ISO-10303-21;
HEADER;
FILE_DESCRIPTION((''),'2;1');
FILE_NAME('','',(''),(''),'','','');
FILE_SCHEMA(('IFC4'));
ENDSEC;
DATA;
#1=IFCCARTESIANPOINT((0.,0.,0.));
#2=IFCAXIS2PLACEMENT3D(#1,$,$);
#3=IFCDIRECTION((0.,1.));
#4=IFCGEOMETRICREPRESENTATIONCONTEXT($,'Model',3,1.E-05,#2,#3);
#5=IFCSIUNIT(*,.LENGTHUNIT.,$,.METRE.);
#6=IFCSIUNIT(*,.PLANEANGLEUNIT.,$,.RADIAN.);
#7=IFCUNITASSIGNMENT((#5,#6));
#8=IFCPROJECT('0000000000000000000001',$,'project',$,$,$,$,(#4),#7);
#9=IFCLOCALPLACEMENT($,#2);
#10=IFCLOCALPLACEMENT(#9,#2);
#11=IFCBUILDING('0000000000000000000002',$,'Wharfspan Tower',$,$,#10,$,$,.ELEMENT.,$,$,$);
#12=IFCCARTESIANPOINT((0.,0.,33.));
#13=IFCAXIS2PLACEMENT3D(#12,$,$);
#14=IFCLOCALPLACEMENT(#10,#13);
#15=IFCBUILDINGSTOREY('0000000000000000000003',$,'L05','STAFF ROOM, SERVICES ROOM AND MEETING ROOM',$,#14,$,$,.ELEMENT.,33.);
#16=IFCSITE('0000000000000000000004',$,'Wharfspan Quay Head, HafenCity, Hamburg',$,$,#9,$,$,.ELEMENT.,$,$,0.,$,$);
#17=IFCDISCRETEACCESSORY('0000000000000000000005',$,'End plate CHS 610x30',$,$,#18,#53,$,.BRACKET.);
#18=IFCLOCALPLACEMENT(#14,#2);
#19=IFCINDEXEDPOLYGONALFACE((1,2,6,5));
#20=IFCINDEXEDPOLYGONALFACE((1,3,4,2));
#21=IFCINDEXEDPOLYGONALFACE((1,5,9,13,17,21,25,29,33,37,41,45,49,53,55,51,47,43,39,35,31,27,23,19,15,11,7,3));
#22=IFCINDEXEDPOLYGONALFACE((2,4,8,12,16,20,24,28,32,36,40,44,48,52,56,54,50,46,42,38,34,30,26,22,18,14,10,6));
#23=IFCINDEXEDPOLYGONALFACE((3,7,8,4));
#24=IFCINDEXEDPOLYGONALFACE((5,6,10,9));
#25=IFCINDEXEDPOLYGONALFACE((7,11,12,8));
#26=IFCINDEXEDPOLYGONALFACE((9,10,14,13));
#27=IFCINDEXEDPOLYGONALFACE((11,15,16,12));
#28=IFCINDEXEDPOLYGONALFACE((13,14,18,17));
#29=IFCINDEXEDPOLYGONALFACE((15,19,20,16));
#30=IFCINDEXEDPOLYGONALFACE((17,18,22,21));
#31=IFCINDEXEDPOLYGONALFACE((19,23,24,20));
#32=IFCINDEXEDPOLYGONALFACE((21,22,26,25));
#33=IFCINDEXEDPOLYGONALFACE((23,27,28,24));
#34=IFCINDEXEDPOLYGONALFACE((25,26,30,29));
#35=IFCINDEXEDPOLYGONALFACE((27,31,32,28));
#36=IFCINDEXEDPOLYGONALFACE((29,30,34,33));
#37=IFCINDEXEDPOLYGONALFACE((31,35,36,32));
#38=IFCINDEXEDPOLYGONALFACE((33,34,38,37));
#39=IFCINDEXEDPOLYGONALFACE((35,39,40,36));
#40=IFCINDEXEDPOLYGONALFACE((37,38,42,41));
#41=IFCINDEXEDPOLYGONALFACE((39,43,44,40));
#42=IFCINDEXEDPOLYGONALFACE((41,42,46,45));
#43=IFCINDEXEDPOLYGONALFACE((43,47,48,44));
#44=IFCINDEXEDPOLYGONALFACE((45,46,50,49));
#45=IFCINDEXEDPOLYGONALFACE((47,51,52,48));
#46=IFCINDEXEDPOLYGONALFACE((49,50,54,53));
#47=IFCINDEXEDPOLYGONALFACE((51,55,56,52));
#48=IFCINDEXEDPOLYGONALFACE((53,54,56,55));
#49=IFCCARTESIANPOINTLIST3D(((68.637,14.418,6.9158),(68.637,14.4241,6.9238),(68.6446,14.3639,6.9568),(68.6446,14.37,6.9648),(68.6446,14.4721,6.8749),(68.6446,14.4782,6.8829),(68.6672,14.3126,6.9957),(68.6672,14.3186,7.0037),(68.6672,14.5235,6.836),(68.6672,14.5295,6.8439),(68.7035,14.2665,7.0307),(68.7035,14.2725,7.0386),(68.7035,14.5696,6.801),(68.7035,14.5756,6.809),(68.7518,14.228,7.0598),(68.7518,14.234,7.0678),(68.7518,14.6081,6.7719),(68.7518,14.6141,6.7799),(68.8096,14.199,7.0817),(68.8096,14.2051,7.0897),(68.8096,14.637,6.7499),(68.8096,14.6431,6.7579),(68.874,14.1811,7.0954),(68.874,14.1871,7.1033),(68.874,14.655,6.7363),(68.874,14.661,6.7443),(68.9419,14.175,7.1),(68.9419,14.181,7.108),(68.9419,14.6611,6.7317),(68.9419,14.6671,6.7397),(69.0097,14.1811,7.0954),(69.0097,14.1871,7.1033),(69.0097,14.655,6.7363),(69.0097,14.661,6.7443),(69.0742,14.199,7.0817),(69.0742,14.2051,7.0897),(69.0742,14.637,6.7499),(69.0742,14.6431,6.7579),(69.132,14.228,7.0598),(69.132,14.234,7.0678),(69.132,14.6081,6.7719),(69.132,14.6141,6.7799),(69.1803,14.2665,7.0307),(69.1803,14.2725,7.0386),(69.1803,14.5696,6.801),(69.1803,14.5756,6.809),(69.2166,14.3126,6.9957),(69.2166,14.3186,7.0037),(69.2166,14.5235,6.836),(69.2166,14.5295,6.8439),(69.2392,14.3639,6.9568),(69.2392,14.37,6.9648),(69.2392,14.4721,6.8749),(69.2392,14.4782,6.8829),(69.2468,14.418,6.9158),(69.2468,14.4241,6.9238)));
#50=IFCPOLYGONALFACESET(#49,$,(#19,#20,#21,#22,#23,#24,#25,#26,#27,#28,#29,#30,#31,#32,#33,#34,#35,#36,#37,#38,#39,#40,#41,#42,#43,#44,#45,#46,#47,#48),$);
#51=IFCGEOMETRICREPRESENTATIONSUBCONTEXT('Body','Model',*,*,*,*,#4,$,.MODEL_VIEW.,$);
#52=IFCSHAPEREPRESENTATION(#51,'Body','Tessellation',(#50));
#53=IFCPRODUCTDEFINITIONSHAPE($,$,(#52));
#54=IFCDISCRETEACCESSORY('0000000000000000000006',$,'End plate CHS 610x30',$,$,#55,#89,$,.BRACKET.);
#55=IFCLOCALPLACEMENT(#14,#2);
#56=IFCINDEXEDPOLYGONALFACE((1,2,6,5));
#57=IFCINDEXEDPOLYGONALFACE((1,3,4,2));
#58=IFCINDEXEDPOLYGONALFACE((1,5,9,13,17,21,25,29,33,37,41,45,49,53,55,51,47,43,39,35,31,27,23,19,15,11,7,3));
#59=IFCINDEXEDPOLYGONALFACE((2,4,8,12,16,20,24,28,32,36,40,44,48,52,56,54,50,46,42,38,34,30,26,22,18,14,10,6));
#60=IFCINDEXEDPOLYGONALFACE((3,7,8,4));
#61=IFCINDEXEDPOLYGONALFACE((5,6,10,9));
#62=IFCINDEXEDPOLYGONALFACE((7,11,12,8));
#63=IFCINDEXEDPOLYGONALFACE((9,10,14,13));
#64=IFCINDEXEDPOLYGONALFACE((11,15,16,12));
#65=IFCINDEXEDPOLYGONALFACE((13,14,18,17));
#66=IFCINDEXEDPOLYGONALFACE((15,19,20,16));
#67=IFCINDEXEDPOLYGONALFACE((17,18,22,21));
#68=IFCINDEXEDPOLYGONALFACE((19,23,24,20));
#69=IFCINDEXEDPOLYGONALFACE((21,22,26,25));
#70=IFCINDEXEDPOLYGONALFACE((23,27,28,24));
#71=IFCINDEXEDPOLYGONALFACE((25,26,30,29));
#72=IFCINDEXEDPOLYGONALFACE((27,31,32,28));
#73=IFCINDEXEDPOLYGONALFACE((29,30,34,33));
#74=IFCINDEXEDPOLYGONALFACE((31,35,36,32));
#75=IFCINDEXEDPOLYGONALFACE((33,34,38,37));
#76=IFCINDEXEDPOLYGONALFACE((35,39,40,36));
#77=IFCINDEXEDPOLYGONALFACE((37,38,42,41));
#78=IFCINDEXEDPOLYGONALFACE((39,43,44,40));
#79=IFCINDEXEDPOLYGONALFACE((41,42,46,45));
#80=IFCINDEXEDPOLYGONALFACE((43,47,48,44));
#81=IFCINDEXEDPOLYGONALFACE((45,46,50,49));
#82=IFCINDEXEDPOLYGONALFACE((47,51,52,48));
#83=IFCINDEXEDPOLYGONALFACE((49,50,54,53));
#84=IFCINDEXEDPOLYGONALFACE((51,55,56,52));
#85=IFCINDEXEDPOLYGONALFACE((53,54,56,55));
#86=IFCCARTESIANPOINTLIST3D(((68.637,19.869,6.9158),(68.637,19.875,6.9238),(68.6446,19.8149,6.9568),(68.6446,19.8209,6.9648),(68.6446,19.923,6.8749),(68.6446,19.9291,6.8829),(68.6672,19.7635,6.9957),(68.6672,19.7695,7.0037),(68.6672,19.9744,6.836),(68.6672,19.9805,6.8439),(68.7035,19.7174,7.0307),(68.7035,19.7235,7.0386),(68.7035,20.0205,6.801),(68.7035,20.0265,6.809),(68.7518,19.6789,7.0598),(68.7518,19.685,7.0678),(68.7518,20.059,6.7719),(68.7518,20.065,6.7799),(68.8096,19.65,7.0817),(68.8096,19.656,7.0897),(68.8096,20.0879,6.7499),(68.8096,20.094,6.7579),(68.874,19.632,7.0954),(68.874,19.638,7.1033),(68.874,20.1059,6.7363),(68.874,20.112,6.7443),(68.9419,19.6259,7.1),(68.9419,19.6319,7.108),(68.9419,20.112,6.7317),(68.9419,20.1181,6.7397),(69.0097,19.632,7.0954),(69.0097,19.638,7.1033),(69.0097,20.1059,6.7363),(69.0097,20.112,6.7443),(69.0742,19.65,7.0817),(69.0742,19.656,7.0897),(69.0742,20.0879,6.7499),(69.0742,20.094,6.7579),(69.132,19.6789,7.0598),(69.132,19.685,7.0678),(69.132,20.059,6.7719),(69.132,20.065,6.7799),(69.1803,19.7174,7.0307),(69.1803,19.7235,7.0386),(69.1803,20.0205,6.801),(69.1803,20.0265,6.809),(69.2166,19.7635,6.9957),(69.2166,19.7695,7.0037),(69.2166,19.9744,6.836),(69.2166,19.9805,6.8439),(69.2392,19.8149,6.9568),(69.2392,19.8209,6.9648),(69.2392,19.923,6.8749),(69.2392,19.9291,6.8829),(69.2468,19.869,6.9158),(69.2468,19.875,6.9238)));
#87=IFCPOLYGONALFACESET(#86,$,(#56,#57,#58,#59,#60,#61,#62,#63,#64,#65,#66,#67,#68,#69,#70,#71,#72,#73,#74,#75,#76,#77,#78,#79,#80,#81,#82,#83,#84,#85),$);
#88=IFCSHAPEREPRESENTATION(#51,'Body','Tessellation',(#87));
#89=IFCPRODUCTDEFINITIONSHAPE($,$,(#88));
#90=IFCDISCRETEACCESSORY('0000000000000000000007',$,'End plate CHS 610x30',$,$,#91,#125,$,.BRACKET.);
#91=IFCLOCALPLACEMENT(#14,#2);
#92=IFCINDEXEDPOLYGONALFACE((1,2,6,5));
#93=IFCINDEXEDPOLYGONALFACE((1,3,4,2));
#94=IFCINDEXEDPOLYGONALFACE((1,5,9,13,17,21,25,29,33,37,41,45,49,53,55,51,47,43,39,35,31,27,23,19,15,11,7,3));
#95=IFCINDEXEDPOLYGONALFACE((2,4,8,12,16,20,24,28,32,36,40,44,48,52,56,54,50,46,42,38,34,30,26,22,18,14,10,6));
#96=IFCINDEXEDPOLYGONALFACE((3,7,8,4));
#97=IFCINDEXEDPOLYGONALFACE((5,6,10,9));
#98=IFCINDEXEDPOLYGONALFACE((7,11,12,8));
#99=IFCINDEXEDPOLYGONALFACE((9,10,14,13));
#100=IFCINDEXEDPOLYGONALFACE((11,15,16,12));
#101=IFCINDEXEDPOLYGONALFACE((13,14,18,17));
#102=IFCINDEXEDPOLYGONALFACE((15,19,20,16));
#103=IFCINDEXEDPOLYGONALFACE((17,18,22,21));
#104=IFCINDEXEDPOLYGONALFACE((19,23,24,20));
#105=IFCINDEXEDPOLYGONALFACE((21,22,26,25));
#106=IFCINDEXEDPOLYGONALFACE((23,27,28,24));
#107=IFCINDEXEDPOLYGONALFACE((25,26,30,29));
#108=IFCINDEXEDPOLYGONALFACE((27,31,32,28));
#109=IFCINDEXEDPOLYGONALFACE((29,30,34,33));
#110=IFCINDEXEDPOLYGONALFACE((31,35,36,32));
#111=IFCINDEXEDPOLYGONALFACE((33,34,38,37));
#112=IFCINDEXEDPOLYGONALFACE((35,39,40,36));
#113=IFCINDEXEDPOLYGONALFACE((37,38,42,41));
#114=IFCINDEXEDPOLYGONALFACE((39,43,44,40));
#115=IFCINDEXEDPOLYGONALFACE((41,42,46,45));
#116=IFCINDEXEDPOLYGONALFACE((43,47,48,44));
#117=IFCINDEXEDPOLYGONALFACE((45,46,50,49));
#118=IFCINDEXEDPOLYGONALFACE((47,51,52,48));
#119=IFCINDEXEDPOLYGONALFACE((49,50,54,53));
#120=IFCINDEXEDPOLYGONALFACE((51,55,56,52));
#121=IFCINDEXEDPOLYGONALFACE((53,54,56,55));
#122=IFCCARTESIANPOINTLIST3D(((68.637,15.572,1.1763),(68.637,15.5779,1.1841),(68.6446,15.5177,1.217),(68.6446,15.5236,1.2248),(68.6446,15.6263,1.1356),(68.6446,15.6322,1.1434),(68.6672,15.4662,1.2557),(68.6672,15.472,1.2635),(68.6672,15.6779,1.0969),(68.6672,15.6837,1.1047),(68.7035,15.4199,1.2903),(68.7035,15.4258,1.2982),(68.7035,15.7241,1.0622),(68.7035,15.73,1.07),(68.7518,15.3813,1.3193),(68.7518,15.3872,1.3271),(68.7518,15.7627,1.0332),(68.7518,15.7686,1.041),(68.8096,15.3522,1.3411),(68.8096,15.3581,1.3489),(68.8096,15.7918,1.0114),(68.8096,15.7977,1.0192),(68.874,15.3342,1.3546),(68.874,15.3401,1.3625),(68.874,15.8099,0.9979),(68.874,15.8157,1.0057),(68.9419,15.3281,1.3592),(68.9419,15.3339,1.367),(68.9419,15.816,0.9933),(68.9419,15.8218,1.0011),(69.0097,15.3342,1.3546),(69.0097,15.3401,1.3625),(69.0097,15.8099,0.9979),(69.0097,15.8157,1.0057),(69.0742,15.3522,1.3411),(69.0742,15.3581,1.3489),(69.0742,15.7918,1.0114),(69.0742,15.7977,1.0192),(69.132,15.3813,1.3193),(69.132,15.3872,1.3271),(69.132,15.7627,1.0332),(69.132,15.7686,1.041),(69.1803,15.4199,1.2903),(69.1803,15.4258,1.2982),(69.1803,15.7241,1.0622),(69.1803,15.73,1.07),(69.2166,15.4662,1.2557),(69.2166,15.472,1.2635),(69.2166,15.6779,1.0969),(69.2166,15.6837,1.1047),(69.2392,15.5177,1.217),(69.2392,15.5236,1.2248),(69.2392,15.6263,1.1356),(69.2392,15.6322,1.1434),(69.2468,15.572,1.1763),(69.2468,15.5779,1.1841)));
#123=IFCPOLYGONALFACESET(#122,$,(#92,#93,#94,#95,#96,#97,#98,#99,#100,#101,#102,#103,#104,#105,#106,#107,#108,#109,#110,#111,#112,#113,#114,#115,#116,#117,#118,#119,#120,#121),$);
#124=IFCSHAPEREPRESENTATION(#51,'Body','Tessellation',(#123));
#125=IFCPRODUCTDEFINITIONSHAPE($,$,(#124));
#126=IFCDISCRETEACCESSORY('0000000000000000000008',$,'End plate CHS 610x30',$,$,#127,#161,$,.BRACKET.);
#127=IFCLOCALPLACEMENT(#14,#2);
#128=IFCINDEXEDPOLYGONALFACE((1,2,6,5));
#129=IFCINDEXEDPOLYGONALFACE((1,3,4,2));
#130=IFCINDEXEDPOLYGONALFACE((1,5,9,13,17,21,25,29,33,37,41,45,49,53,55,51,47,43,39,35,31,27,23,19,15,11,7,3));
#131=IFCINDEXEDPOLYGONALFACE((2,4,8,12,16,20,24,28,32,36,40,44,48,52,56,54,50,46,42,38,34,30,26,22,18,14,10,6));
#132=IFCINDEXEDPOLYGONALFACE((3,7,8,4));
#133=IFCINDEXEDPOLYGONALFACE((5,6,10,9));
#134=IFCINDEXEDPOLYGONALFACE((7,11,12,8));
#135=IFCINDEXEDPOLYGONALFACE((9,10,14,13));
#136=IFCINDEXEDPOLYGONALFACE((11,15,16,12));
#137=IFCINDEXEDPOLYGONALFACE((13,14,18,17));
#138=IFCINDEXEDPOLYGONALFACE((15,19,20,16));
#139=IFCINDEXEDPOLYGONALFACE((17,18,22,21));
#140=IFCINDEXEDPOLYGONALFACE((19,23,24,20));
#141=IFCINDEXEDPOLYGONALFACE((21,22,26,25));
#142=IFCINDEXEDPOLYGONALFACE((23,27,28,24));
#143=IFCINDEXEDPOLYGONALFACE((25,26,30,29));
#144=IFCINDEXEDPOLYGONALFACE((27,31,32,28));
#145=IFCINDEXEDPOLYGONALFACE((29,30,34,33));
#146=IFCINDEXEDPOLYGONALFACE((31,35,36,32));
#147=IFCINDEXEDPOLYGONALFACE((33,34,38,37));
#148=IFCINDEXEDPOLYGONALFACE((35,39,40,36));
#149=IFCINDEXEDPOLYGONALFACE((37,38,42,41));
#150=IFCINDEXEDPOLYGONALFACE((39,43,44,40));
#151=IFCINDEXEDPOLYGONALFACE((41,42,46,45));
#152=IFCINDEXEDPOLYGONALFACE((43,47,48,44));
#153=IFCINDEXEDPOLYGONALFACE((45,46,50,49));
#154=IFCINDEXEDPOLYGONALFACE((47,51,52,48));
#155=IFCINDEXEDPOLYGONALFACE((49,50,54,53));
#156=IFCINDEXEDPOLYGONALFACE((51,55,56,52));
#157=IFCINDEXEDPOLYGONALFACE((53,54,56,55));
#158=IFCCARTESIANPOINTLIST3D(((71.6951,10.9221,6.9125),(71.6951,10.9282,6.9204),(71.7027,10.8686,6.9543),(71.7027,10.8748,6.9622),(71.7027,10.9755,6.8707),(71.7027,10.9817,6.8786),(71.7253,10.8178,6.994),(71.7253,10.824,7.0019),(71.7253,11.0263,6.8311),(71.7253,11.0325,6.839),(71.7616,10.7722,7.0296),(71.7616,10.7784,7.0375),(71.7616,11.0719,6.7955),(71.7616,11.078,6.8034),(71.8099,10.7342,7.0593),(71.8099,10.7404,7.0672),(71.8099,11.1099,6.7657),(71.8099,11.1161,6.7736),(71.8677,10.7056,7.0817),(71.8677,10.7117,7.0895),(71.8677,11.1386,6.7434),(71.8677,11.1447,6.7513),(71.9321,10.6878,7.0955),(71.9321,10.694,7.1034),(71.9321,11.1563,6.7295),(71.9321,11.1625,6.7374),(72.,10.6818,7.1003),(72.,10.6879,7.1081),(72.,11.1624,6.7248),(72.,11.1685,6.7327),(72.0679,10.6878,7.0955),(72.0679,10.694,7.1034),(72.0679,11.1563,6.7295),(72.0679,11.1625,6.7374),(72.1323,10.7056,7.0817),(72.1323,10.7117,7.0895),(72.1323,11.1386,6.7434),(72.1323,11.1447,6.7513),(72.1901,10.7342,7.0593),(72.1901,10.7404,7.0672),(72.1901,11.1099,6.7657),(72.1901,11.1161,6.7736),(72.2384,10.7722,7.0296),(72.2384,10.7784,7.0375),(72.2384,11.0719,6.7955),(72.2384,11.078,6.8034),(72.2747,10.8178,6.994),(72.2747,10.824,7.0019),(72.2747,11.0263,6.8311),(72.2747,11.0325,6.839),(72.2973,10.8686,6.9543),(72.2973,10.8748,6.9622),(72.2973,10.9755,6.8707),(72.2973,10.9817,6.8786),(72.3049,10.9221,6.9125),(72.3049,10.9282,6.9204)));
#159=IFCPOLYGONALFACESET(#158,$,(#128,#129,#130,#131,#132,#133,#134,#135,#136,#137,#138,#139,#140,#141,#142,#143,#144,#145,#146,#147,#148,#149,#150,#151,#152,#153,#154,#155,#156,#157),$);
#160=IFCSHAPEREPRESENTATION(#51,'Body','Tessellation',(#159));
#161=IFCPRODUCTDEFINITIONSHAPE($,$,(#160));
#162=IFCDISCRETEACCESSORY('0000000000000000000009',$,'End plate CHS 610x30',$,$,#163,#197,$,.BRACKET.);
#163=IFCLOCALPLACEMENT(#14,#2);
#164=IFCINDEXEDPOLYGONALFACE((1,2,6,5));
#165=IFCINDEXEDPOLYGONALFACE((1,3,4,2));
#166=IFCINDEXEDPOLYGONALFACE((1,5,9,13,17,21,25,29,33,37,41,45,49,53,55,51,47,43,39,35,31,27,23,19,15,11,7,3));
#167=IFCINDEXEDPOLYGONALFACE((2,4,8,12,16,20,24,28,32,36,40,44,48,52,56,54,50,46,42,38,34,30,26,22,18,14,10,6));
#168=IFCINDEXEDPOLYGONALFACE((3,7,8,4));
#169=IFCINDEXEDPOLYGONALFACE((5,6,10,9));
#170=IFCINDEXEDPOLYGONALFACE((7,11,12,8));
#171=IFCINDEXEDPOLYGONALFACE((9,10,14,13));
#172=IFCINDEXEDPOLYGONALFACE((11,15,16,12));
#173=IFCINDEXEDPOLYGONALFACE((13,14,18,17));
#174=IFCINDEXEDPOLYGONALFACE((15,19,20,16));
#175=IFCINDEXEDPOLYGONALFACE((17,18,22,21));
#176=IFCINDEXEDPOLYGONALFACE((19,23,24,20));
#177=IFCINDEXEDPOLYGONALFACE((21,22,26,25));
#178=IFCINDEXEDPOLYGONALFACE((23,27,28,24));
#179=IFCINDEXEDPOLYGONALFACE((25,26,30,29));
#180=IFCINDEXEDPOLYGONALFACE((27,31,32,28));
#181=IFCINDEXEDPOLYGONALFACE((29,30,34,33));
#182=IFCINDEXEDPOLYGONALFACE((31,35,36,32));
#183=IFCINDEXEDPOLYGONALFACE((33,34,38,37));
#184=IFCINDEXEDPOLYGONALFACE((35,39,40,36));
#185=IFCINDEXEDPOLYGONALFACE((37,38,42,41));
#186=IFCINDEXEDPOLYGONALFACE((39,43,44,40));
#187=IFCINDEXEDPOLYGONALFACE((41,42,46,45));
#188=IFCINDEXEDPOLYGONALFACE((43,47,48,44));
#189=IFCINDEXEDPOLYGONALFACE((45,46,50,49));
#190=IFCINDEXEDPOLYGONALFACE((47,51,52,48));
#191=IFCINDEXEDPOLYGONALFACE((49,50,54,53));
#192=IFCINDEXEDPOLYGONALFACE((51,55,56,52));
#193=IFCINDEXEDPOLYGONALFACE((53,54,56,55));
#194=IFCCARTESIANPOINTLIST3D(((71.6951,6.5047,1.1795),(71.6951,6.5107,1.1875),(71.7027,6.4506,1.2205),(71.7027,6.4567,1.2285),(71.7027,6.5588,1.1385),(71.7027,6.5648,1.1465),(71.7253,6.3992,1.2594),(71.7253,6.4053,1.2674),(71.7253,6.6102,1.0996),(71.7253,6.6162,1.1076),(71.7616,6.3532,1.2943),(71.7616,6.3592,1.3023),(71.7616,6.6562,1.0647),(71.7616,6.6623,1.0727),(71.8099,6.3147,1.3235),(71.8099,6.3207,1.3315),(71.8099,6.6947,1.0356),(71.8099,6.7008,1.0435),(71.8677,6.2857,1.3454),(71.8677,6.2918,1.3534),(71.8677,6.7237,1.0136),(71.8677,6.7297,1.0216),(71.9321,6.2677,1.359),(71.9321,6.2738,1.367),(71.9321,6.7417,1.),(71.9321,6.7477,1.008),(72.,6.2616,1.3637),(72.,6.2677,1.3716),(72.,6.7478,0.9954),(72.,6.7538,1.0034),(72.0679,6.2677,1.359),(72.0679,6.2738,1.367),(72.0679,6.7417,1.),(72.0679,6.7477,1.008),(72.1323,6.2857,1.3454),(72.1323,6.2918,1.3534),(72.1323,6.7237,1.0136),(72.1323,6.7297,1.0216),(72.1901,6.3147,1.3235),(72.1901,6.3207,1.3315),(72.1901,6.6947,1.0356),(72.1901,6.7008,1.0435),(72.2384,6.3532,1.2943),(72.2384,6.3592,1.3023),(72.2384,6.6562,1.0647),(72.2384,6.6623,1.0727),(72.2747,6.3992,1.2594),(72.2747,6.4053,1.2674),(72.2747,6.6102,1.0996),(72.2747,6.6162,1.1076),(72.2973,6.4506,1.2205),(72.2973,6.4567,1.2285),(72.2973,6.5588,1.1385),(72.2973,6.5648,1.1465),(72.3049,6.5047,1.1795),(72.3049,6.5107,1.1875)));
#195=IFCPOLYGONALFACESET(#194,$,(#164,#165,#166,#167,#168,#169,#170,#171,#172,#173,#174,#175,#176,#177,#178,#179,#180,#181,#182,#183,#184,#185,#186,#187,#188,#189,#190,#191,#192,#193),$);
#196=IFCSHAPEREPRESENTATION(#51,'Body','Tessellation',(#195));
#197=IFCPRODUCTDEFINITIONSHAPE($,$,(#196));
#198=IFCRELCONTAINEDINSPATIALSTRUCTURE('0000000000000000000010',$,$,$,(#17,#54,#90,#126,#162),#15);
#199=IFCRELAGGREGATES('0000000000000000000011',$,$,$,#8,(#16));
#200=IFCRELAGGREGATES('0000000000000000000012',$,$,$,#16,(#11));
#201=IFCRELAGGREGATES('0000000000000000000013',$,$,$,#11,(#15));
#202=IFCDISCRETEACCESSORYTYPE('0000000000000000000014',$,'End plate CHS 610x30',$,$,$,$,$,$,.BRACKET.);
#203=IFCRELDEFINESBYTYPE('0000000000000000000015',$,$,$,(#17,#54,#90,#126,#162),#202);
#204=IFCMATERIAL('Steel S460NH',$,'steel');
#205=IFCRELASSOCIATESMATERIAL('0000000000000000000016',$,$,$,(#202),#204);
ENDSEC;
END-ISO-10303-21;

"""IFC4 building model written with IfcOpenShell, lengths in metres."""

from ifc_helpers import new_model, si_unit, direction, frame, origin, origin_2d, place, context, subcontext, project, spatial, circle, extrude, material, material_profile, profile_set, type_object, element, save


model = new_model("IFC4")

# Units and contexts
model_context = context("Model", 3, precision=1e-05, world=origin(), true_north=direction((0.0, 1.0)))
body_context = subcontext(model_context, "Body", "Model", "MODEL_VIEW")
ifc_project = project(units=[si_unit("LENGTHUNIT", "METRE"), si_unit("PLANEANGLEUNIT", "RADIAN")], contexts=[model_context])

# Site, building, storey
site_placement = place(None, origin())
site = spatial("IfcSite", under=ifc_project, at=site_placement, Name="Wharfspan Quay Head, HafenCity, Hamburg", CompositionType="ELEMENT", RefElevation=0.0)
building_placement = place(site_placement, origin())
building = spatial("IfcBuilding", under=site, at=building_placement, Name="Wharfspan Tower", CompositionType="ELEMENT")
storey_placement = place(building_placement, frame((0.0, 0.0, 33.0)))
storey = spatial("IfcBuildingStorey", under=building, at=storey_placement, Name="L05", Description="STAFF ROOM, SERVICES ROOM AND MEETING ROOM", CompositionType="ELEMENT", Elevation=33.0)

# Shared definitions
ifc_material_1 = material(Name="Steel S460NH", Category="steel")

# Discrete accessories
ifc_material_profile_1 = material_profile(ifc_material_1, circle(Radius=0.3049, at=origin_2d()))
ifc_profile_set_1 = profile_set([ifc_material_profile_1], Name="Steel S460NH")
discrete_accessory_type_1 = type_object("IfcDiscreteAccessoryType", Name="End plate CHS 610x30", PredefinedType="BRACKET", material=ifc_profile_set_1)
for number, where, z_axis, x_axis, name in (
    (1, (68.9419, 14.4241, 6.9238), (0.0, -0.603858, -0.797092), (1.0, 0.0, 0.0), "End plate CHS 610x30"),
    (2, (68.9419, 19.875, 6.9238), (0.0, -0.603858, -0.797092), (1.0, 0.0, 0.0), "End plate CHS 610x30"),
):
    element("IfcDiscreteAccessory", number, at=place(storey_placement, frame(where, z_axis=z_axis, x_axis=x_axis)), inside=storey, type_object=discrete_accessory_type_1, Name=name, PredefinedType="BRACKET", context=body_context, shape_type="SweptSolid", body=[
        extrude(circle(Radius=0.3049, at=origin_2d()), origin(), (0.0, 0.0, 1.0), 0.01),
    ])
discrete_accessory_placement = place(storey_placement, frame((68.9419, 15.5779, 1.1841), z_axis=(0.0, -0.6, -0.8), x_axis=(1.0, 0.0, 0.0)))
element("IfcDiscreteAccessory", 3, at=discrete_accessory_placement, inside=storey, type_object=discrete_accessory_type_1, Name="End plate CHS 610x30", PredefinedType="BRACKET", context=body_context, shape_type="SweptSolid", body=[
    extrude(circle(Radius=0.3049, at=origin_2d()), origin(), (0.0, 0.0, 1.0), 0.0098),
])
for number, where, z_axis, x_axis, name in (
    (4, (72.0, 10.9282, 6.9204), (0.0, -0.615644, -0.788024), (1.0, 0.0, 0.0), "End plate CHS 610x30"),
    (5, (72.0, 6.5107, 1.1875), (0.0, -0.603858, -0.797092), (1.0, 0.0, 0.0), "End plate CHS 610x30"),
):
    element("IfcDiscreteAccessory", number, at=place(storey_placement, frame(where, z_axis=z_axis, x_axis=x_axis)), inside=storey, type_object=discrete_accessory_type_1, Name=name, PredefinedType="BRACKET", context=body_context, shape_type="SweptSolid", body=[
        extrude(circle(Radius=0.3049, at=origin_2d()), origin(), (0.0, 0.0, 1.0), 0.01),
    ])

save(model, "model.ifc")
